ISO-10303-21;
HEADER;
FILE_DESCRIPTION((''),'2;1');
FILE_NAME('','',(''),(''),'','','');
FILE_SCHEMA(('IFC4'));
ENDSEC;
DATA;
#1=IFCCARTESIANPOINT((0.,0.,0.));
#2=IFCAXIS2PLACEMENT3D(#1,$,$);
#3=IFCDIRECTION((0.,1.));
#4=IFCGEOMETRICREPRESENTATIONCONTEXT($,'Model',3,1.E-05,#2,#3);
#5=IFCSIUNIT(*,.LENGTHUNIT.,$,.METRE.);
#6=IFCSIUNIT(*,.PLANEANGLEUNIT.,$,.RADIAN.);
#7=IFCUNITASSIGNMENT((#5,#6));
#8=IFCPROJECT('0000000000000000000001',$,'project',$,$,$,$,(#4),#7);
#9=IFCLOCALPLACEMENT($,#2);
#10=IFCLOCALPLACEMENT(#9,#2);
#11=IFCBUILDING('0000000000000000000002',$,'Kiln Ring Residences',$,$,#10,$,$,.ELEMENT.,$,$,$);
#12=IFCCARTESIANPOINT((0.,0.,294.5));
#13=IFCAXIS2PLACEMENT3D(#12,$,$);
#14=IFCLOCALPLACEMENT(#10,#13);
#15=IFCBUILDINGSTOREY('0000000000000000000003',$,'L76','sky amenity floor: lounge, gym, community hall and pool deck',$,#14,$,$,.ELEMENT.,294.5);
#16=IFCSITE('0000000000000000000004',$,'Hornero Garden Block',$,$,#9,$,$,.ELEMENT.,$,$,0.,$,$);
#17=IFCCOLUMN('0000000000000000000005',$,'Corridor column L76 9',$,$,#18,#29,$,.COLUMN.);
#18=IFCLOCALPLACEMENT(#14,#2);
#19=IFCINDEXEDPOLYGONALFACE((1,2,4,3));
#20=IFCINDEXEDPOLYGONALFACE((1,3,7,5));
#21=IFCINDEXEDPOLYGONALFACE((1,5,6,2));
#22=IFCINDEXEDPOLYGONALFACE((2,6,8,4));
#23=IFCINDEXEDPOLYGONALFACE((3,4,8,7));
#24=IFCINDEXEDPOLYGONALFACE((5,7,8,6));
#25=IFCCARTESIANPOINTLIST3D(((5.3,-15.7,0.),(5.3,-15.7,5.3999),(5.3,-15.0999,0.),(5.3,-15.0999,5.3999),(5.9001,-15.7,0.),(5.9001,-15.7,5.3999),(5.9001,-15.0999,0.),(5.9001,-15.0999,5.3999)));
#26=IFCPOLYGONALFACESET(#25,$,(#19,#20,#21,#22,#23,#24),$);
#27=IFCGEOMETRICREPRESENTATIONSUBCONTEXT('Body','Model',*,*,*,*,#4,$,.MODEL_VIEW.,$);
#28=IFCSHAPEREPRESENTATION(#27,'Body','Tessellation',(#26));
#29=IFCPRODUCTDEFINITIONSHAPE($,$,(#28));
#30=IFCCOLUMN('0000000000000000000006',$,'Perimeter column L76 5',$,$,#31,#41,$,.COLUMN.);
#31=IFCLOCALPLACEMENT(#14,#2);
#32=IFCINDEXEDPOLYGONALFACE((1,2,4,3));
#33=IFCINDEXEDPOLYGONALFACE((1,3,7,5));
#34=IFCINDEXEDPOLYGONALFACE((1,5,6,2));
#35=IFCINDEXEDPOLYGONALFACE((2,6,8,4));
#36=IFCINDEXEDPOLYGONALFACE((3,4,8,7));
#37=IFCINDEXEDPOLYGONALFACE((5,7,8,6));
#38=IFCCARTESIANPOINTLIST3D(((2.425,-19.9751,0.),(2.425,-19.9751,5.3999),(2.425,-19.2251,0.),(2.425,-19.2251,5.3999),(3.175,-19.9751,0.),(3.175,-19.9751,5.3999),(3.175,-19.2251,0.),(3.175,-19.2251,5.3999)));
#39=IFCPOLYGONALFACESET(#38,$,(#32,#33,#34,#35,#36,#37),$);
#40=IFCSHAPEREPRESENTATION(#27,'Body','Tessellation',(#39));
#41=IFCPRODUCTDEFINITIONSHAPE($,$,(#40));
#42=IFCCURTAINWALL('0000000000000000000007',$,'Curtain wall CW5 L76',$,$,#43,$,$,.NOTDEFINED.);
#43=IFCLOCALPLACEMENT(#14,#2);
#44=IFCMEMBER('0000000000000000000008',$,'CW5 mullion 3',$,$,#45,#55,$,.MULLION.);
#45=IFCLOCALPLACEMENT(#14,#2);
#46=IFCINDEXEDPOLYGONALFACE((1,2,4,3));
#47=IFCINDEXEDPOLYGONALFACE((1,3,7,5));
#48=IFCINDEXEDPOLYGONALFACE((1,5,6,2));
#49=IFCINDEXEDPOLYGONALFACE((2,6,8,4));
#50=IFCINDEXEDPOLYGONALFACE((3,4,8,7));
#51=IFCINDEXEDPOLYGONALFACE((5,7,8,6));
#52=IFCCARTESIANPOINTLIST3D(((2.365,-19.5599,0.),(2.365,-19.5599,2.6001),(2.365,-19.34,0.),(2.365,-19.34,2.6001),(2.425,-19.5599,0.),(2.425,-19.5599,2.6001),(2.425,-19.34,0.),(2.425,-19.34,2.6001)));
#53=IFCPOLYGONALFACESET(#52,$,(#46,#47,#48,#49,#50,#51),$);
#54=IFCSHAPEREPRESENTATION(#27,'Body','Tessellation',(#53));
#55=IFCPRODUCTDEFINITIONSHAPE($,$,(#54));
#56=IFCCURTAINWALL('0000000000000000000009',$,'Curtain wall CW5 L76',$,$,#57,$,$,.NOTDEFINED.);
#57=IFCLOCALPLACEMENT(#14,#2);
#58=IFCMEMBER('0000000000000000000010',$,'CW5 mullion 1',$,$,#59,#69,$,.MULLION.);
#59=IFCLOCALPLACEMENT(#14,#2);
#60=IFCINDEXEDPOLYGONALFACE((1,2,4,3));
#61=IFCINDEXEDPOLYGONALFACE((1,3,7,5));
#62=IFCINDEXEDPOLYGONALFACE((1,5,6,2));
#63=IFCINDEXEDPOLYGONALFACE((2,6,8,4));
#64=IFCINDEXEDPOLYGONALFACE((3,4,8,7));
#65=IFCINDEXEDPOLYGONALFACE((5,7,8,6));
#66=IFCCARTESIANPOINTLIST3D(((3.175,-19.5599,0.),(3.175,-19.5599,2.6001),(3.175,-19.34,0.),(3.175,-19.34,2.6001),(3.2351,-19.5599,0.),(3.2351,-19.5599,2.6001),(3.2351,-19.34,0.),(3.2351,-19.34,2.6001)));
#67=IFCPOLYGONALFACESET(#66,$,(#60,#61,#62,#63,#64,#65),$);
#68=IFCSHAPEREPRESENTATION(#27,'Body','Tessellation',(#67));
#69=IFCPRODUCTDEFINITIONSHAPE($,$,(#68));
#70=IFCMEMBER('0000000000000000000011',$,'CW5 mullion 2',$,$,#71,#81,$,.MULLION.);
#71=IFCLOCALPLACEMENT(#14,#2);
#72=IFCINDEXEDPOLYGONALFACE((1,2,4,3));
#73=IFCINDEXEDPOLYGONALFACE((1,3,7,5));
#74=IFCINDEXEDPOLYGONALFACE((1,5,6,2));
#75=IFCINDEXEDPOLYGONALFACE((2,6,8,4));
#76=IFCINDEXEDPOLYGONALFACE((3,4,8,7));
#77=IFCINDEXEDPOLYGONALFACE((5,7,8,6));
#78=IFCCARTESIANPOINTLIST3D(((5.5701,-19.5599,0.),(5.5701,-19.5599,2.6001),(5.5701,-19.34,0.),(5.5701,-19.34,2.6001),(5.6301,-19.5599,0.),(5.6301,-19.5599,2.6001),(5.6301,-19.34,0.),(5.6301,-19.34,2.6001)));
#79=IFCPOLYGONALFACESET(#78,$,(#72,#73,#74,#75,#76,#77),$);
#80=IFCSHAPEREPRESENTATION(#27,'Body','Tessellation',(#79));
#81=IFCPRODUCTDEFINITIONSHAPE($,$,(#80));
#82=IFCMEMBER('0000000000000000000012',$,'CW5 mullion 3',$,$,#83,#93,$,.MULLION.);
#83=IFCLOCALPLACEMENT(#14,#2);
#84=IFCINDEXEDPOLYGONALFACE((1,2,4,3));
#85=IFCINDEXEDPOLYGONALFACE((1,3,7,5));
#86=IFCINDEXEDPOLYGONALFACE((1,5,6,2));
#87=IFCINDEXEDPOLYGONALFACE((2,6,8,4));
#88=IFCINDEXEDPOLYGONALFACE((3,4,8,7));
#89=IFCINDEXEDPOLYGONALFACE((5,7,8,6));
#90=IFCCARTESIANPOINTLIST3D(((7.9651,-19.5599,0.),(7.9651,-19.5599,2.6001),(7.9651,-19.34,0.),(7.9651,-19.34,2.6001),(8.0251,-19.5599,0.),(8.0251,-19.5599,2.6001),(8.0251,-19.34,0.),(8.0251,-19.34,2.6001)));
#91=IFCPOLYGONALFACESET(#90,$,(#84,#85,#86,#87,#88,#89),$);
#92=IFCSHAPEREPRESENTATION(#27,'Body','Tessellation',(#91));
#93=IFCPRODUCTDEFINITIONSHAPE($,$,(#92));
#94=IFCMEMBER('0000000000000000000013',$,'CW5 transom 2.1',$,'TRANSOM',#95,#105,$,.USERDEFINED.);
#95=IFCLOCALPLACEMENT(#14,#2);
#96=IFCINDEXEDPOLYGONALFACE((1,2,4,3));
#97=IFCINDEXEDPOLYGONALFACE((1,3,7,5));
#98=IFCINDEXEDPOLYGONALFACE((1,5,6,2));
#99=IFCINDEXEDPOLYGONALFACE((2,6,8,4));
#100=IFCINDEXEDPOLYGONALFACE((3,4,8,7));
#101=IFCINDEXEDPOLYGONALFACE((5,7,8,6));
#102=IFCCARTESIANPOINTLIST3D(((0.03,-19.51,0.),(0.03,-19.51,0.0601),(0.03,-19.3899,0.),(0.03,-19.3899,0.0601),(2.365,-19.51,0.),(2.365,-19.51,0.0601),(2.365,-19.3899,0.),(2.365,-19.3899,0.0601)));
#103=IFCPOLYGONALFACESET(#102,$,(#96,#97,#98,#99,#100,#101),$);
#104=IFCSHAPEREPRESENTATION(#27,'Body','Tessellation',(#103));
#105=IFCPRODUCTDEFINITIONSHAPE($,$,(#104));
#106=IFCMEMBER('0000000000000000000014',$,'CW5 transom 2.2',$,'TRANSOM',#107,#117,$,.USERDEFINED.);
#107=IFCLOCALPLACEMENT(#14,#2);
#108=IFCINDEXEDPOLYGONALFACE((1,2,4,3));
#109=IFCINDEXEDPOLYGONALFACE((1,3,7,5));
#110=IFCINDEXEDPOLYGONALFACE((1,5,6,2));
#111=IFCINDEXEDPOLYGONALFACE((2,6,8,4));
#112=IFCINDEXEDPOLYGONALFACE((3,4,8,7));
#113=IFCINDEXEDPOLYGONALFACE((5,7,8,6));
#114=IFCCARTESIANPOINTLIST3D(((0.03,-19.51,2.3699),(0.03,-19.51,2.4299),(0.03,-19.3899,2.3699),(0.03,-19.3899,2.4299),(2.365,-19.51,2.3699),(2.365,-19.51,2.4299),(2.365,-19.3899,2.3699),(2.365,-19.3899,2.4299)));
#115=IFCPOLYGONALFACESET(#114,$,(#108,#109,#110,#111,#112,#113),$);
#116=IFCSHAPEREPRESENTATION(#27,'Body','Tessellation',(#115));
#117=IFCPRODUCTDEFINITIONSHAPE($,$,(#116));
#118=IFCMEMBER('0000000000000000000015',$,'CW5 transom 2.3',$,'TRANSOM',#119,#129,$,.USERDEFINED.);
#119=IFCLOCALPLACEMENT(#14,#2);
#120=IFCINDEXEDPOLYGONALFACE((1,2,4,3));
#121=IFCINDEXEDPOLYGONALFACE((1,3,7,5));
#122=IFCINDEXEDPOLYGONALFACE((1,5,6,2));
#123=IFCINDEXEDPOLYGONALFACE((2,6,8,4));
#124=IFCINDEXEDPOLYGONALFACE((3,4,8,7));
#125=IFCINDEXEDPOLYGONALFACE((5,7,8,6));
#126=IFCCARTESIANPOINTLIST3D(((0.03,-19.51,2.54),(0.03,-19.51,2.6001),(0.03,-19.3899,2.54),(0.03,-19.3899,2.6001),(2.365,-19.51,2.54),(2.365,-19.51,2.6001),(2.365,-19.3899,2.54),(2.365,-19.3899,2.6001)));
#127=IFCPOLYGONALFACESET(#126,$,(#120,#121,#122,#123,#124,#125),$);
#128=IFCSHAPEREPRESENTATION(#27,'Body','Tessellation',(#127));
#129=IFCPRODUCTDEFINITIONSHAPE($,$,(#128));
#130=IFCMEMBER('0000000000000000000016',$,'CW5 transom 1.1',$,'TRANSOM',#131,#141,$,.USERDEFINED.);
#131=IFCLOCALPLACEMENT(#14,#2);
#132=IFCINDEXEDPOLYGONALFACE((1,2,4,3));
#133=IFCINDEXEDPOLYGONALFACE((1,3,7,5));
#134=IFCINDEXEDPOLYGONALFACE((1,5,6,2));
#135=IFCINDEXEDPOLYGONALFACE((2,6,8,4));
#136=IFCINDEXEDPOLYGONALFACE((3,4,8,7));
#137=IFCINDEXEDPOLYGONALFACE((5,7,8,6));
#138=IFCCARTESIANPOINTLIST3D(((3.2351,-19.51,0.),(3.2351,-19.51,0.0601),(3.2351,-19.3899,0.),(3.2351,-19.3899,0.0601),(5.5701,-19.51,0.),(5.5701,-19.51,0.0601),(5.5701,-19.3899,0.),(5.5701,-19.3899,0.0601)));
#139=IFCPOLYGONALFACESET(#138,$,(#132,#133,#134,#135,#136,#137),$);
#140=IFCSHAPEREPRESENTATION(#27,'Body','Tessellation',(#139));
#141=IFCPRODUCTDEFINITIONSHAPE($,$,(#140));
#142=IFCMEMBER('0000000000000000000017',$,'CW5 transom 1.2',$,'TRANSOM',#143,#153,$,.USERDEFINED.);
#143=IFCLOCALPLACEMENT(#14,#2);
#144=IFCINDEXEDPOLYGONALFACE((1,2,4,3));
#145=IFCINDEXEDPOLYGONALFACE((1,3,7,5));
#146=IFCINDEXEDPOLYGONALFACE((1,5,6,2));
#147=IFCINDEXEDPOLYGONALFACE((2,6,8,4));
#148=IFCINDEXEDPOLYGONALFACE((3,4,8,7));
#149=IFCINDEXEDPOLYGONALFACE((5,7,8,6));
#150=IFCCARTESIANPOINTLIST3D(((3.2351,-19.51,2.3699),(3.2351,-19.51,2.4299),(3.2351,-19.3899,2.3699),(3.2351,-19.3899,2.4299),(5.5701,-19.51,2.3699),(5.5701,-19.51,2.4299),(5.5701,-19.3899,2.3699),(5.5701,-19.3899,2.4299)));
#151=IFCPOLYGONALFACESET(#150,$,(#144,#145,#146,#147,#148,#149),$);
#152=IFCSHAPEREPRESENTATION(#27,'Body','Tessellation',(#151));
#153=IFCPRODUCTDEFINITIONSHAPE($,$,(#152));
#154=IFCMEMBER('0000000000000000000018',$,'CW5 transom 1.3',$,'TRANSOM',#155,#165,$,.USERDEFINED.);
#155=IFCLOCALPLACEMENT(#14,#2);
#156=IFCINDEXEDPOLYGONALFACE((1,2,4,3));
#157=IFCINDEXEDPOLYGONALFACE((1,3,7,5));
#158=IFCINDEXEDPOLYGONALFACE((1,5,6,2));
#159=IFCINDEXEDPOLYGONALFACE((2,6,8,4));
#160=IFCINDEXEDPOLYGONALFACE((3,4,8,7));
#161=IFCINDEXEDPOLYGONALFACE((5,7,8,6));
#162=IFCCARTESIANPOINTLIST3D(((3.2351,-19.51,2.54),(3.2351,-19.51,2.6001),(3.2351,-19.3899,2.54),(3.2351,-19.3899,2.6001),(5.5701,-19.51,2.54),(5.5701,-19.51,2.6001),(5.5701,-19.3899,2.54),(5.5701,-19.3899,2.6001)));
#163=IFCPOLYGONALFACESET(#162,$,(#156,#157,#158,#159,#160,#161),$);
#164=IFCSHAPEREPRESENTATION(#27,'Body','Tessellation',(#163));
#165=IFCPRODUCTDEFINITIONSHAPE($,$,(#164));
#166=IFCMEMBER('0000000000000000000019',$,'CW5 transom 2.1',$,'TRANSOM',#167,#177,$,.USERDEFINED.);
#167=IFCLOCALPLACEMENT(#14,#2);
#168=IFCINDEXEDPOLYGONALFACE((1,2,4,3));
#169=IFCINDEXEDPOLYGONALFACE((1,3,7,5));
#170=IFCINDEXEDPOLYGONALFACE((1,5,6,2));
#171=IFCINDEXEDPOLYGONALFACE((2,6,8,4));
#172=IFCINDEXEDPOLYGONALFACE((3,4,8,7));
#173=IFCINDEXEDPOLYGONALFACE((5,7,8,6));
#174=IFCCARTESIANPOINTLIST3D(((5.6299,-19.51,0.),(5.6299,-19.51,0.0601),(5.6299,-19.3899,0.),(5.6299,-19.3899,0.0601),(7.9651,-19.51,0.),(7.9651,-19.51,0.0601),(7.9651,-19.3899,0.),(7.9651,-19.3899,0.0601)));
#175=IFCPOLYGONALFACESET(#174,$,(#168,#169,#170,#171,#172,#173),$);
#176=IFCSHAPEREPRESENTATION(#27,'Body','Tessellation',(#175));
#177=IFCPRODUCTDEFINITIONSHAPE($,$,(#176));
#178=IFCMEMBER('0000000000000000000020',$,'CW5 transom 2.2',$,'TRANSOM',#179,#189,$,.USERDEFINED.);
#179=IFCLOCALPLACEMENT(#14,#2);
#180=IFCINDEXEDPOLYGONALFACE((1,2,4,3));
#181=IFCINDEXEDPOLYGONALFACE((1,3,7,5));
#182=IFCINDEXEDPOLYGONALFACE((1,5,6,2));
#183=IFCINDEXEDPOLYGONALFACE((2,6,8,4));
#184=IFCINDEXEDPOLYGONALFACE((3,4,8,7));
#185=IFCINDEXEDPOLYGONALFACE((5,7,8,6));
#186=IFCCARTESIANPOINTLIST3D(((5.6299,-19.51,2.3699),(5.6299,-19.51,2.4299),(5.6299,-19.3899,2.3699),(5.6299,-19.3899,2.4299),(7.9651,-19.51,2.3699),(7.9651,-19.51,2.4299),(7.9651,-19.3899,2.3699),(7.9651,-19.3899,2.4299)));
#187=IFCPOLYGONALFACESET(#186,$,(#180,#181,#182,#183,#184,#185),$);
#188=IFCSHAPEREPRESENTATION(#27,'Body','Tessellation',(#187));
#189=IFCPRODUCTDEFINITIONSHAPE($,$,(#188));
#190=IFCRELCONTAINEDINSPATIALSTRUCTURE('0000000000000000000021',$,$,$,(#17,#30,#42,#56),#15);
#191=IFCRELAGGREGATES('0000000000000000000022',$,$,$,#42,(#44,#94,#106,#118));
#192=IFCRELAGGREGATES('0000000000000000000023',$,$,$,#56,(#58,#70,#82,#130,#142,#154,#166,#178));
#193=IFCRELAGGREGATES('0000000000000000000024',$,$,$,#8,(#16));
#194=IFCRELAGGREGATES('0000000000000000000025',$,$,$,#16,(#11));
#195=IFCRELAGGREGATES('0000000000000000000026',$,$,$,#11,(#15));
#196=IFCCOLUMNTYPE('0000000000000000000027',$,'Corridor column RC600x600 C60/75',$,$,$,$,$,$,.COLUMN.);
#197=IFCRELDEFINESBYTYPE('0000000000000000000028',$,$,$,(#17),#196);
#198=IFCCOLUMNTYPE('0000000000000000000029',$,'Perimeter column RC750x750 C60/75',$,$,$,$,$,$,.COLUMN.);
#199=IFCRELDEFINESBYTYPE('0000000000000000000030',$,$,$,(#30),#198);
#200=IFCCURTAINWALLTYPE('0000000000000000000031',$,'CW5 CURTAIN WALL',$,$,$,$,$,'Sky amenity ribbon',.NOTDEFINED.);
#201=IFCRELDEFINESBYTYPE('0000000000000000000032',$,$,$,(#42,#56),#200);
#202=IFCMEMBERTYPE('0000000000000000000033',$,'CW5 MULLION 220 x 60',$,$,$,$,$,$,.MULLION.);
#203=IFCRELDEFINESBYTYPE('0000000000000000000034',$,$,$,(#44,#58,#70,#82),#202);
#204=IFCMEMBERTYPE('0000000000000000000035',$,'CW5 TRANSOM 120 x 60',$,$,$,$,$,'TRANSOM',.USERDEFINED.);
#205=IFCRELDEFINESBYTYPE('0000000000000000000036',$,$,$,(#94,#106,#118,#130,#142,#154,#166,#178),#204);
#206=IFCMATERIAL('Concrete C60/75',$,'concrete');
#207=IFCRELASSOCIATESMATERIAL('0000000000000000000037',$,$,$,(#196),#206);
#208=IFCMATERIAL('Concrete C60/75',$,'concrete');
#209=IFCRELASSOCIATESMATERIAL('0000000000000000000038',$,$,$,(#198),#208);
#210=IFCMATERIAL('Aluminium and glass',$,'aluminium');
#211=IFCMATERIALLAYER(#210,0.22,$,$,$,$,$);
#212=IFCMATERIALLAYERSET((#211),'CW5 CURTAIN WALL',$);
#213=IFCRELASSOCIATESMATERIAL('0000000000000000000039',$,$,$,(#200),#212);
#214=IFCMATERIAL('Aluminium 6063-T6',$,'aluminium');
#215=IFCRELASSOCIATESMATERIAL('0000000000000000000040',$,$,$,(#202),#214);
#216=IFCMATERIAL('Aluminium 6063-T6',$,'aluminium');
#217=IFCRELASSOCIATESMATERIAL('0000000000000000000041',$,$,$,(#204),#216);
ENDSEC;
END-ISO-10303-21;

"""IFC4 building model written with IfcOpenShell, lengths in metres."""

from ifc_helpers import new_model, si_unit, direction, frame, origin, origin_2d, place, context, subcontext, project, spatial, rectangle, extrude, material, layer, layer_set, material_profile, profile_set, type_object, element, aggregate, save


model = new_model("IFC4")

# Units and contexts
model_context = context("Model", 3, precision=1e-05, world=origin(), true_north=direction((0.0, 1.0)))
body_context = subcontext(model_context, "Body", "Model", "MODEL_VIEW")
ifc_project = project(units=[si_unit("LENGTHUNIT", "METRE"), si_unit("PLANEANGLEUNIT", "RADIAN")], contexts=[model_context])

# Site, building, storey
site_placement = place(None, origin())
site = spatial("IfcSite", under=ifc_project, at=site_placement, Name="Hornero Garden Block", CompositionType="ELEMENT", RefElevation=0.0)
building_placement = place(site_placement, origin())
building = spatial("IfcBuilding", under=site, at=building_placement, Name="Kiln Ring Residences", CompositionType="ELEMENT")
storey_placement = place(building_placement, frame((0.0, 0.0, 294.5)))
storey = spatial("IfcBuildingStorey", under=building, at=storey_placement, Name="L76", Description="sky amenity floor: lounge, gym, community hall and pool deck", CompositionType="ELEMENT", Elevation=294.5)

# Columns
ifc_material_1 = material(Name="Concrete C60/75", Category="concrete")
ifc_material_profile_1 = material_profile(ifc_material_1, rectangle(XDim=0.6001, YDim=0.6001, at=origin_2d()), Name="RC600x600")
ifc_profile_set_1 = profile_set([ifc_material_profile_1], Name="Concrete C60/75")
column_type_1 = type_object("IfcColumnType", Name="Corridor column RC600x600 C60/75", PredefinedType="COLUMN", material=ifc_profile_set_1)
column_1_placement = place(storey_placement, frame((5.6001, -15.3999, 0.0), z_axis=(0.0, 0.0, 1.0), x_axis=(1.0, 0.0, 0.0)))
element("IfcColumn", 1, at=column_1_placement, inside=storey, type_object=column_type_1, Name="Corridor column L76 9", PredefinedType="COLUMN", context=body_context, shape_type="SweptSolid", body=[
    extrude(rectangle(XDim=0.6001, YDim=0.6001, at=origin_2d()), origin(), (0.0, 0.0, 1.0), 5.3999),
])
ifc_material_2 = material(Name="Concrete C60/75", Category="concrete")
ifc_material_profile_2 = material_profile(ifc_material_2, rectangle(XDim=0.75, YDim=0.75, at=origin_2d()), Name="RC750x750")
ifc_profile_set_2 = profile_set([ifc_material_profile_2], Name="Concrete C60/75")
column_type_2 = type_object("IfcColumnType", Name="Perimeter column RC750x750 C60/75", PredefinedType="COLUMN", material=ifc_profile_set_2)
column_2_placement = place(storey_placement, frame((2.8, -19.6001, 0.0), z_axis=(0.0, 0.0, 1.0), x_axis=(1.0, 0.0, 0.0)))
element("IfcColumn", 2, at=column_2_placement, inside=storey, type_object=column_type_2, Name="Perimeter column L76 5", PredefinedType="COLUMN", context=body_context, shape_type="SweptSolid", body=[
    extrude(rectangle(XDim=0.75, YDim=0.75, at=origin_2d()), origin(), (0.0, 0.0, 1.0), 5.3999),
])

# Curtain wall, member
ifc_material_3 = material(Name="Aluminium and glass", Category="aluminium")
ifc_layer_1 = layer(ifc_material_3, 0.22)
ifc_layer_set_1 = layer_set([ifc_layer_1], Name="CW5 CURTAIN WALL")
curtain_wall_type = type_object("IfcCurtainWallType", Name="CW5 CURTAIN WALL", ElementType="Sky amenity ribbon", PredefinedType="NOTDEFINED", material=ifc_layer_set_1)
placement = place(storey_placement, origin())
curtain_wall_1 = element("IfcCurtainWall", 3, at=placement, inside=storey, type_object=curtain_wall_type, Name="Curtain wall CW5 L76", PredefinedType="NOTDEFINED")
ifc_material_4 = material(Name="Aluminium 6063-T6", Category="aluminium")
ifc_material_profile_3 = material_profile(ifc_material_4, rectangle(XDim=0.22, YDim=0.0601, at=origin_2d()), Name="AL 220x60")
ifc_profile_set_3 = profile_set([ifc_material_profile_3], Name="Aluminium 6063-T6")
member_type_1 = type_object("IfcMemberType", Name="CW5 MULLION 220 x 60", PredefinedType="MULLION", material=ifc_profile_set_3)
member_1_placement = place(storey_placement, frame((2.395, -19.45, 0.0), z_axis=(0.0, 0.0, 1.0), x_axis=(0.0, 1.0, 0.0)))
member_1 = element("IfcMember", 4, at=member_1_placement, type_object=member_type_1, Name="CW5 mullion 3", PredefinedType="MULLION", context=body_context, shape_type="SweptSolid", body=[
    extrude(rectangle(XDim=0.22, YDim=0.0601, at=origin_2d()), origin(), (0.0, 0.0, 1.0), 2.6001),
])

# Curtain wall, members
curtain_wall_2 = element("IfcCurtainWall", 5, at=placement, inside=storey, type_object=curtain_wall_type, Name="Curtain wall CW5 L76", PredefinedType="NOTDEFINED")
member_2_placement = place(storey_placement, frame((3.2051, -19.45, 0.0), z_axis=(0.0, 0.0, 1.0), x_axis=(0.0, 1.0, 0.0)))
member_2 = element("IfcMember", 6, at=member_2_placement, type_object=member_type_1, Name="CW5 mullion 1", PredefinedType="MULLION", context=body_context, shape_type="SweptSolid", body=[
    extrude(rectangle(XDim=0.22, YDim=0.0601, at=origin_2d()), origin(), (0.0, 0.0, 1.0), 2.6001),
])
member_3_placement = place(storey_placement, frame((5.6001, -19.45, 0.0), z_axis=(0.0, 0.0, 1.0), x_axis=(0.0, 1.0, 0.0)))
member_3 = element("IfcMember", 7, at=member_3_placement, type_object=member_type_1, Name="CW5 mullion 2", PredefinedType="MULLION", context=body_context, shape_type="SweptSolid", body=[
    extrude(rectangle(XDim=0.22, YDim=0.0601, at=origin_2d()), origin(), (0.0, 0.0, 1.0), 2.6001),
])
member_4_placement = place(storey_placement, frame((7.9951, -19.45, 0.0), z_axis=(0.0, 0.0, 1.0), x_axis=(0.0, 1.0, 0.0)))
member_4 = element("IfcMember", 8, at=member_4_placement, type_object=member_type_1, Name="CW5 mullion 3", PredefinedType="MULLION", context=body_context, shape_type="SweptSolid", body=[
    extrude(rectangle(XDim=0.22, YDim=0.0601, at=origin_2d()), origin(), (0.0, 0.0, 1.0), 2.6001),
])

# Members
ifc_material_5 = material(Name="Aluminium 6063-T6", Category="aluminium")
ifc_material_profile_4 = material_profile(ifc_material_5, rectangle(XDim=0.1201, YDim=0.0601, at=origin_2d()), Name="AL 120x60")
ifc_profile_set_4 = profile_set([ifc_material_profile_4], Name="Aluminium 6063-T6")
member_type_2 = type_object("IfcMemberType", Name="CW5 TRANSOM 120 x 60", ElementType="TRANSOM", PredefinedType="USERDEFINED", material=ifc_profile_set_4)
member_5_placement = place(storey_placement, frame((0.03, -19.45, 0.03), z_axis=(1.0, 0.0, 0.0), x_axis=(0.0, 1.0, 0.0)))
member_5 = element("IfcMember", 9, at=member_5_placement, type_object=member_type_2, Name="CW5 transom 2.1", ObjectType="TRANSOM", PredefinedType="USERDEFINED", context=body_context, shape_type="SweptSolid", body=[
    extrude(rectangle(XDim=0.1201, YDim=0.0601, at=origin_2d()), origin(), (0.0, 0.0, 1.0), 2.335),
])
member_6_placement = place(storey_placement, frame((0.03, -19.45, 2.3999), z_axis=(1.0, 0.0, 0.0), x_axis=(0.0, 1.0, 0.0)))
member_6 = element("IfcMember", 10, at=member_6_placement, type_object=member_type_2, Name="CW5 transom 2.2", ObjectType="TRANSOM", PredefinedType="USERDEFINED", context=body_context, shape_type="SweptSolid", body=[
    extrude(rectangle(XDim=0.1201, YDim=0.0601, at=origin_2d()), origin(), (0.0, 0.0, 1.0), 2.335),
])
member_7_placement = place(storey_placement, frame((0.03, -19.45, 2.5701), z_axis=(1.0, 0.0, 0.0), x_axis=(0.0, 1.0, 0.0)))
member_7 = element("IfcMember", 11, at=member_7_placement, type_object=member_type_2, Name="CW5 transom 2.3", ObjectType="TRANSOM", PredefinedType="USERDEFINED", context=body_context, shape_type="SweptSolid", body=[
    extrude(rectangle(XDim=0.1201, YDim=0.0601, at=origin_2d()), origin(), (0.0, 0.0, 1.0), 2.335),
])
member_8_placement = place(storey_placement, frame((3.2351, -19.45, 0.03), z_axis=(1.0, 0.0, 0.0), x_axis=(0.0, 1.0, 0.0)))
member_8 = element("IfcMember", 12, at=member_8_placement, type_object=member_type_2, Name="CW5 transom 1.1", ObjectType="TRANSOM", PredefinedType="USERDEFINED", context=body_context, shape_type="SweptSolid", body=[
    extrude(rectangle(XDim=0.1201, YDim=0.0601, at=origin_2d()), origin(), (0.0, 0.0, 1.0), 2.335),
])
member_9_placement = place(storey_placement, frame((3.2351, -19.45, 2.3999), z_axis=(1.0, 0.0, 0.0), x_axis=(0.0, 1.0, 0.0)))
member_9 = element("IfcMember", 13, at=member_9_placement, type_object=member_type_2, Name="CW5 transom 1.2", ObjectType="TRANSOM", PredefinedType="USERDEFINED", context=body_context, shape_type="SweptSolid", body=[
    extrude(rectangle(XDim=0.1201, YDim=0.0601, at=origin_2d()), origin(), (0.0, 0.0, 1.0), 2.335),
])
member_10_placement = place(storey_placement, frame((3.2351, -19.45, 2.5701), z_axis=(1.0, 0.0, 0.0), x_axis=(0.0, 1.0, 0.0)))
member_10 = element("IfcMember", 14, at=member_10_placement, type_object=member_type_2, Name="CW5 transom 1.3", ObjectType="TRANSOM", PredefinedType="USERDEFINED", context=body_context, shape_type="SweptSolid", body=[
    extrude(rectangle(XDim=0.1201, YDim=0.0601, at=origin_2d()), origin(), (0.0, 0.0, 1.0), 2.335),
])
member_11_placement = place(storey_placement, frame((5.6299, -19.45, 0.03), z_axis=(1.0, 0.0, 0.0), x_axis=(0.0, 1.0, 0.0)))
member_11 = element("IfcMember", 15, at=member_11_placement, type_object=member_type_2, Name="CW5 transom 2.1", ObjectType="TRANSOM", PredefinedType="USERDEFINED", context=body_context, shape_type="SweptSolid", body=[
    extrude(rectangle(XDim=0.1201, YDim=0.0601, at=origin_2d()), origin(), (0.0, 0.0, 1.0), 2.3352),
])
member_12_placement = place(storey_placement, frame((5.6299, -19.45, 2.3999), z_axis=(1.0, 0.0, 0.0), x_axis=(0.0, 1.0, 0.0)))
member_12 = element("IfcMember", 16, at=member_12_placement, type_object=member_type_2, Name="CW5 transom 2.2", ObjectType="TRANSOM", PredefinedType="USERDEFINED", context=body_context, shape_type="SweptSolid", body=[
    extrude(rectangle(XDim=0.1201, YDim=0.0601, at=origin_2d()), origin(), (0.0, 0.0, 1.0), 2.3352),
])

aggregate(curtain_wall_1, [member_1, member_5, member_6, member_7])
aggregate(curtain_wall_2, [member_2, member_3, member_4, member_8, member_9, member_10, member_11, member_12])

save(model, "model.ifc")
